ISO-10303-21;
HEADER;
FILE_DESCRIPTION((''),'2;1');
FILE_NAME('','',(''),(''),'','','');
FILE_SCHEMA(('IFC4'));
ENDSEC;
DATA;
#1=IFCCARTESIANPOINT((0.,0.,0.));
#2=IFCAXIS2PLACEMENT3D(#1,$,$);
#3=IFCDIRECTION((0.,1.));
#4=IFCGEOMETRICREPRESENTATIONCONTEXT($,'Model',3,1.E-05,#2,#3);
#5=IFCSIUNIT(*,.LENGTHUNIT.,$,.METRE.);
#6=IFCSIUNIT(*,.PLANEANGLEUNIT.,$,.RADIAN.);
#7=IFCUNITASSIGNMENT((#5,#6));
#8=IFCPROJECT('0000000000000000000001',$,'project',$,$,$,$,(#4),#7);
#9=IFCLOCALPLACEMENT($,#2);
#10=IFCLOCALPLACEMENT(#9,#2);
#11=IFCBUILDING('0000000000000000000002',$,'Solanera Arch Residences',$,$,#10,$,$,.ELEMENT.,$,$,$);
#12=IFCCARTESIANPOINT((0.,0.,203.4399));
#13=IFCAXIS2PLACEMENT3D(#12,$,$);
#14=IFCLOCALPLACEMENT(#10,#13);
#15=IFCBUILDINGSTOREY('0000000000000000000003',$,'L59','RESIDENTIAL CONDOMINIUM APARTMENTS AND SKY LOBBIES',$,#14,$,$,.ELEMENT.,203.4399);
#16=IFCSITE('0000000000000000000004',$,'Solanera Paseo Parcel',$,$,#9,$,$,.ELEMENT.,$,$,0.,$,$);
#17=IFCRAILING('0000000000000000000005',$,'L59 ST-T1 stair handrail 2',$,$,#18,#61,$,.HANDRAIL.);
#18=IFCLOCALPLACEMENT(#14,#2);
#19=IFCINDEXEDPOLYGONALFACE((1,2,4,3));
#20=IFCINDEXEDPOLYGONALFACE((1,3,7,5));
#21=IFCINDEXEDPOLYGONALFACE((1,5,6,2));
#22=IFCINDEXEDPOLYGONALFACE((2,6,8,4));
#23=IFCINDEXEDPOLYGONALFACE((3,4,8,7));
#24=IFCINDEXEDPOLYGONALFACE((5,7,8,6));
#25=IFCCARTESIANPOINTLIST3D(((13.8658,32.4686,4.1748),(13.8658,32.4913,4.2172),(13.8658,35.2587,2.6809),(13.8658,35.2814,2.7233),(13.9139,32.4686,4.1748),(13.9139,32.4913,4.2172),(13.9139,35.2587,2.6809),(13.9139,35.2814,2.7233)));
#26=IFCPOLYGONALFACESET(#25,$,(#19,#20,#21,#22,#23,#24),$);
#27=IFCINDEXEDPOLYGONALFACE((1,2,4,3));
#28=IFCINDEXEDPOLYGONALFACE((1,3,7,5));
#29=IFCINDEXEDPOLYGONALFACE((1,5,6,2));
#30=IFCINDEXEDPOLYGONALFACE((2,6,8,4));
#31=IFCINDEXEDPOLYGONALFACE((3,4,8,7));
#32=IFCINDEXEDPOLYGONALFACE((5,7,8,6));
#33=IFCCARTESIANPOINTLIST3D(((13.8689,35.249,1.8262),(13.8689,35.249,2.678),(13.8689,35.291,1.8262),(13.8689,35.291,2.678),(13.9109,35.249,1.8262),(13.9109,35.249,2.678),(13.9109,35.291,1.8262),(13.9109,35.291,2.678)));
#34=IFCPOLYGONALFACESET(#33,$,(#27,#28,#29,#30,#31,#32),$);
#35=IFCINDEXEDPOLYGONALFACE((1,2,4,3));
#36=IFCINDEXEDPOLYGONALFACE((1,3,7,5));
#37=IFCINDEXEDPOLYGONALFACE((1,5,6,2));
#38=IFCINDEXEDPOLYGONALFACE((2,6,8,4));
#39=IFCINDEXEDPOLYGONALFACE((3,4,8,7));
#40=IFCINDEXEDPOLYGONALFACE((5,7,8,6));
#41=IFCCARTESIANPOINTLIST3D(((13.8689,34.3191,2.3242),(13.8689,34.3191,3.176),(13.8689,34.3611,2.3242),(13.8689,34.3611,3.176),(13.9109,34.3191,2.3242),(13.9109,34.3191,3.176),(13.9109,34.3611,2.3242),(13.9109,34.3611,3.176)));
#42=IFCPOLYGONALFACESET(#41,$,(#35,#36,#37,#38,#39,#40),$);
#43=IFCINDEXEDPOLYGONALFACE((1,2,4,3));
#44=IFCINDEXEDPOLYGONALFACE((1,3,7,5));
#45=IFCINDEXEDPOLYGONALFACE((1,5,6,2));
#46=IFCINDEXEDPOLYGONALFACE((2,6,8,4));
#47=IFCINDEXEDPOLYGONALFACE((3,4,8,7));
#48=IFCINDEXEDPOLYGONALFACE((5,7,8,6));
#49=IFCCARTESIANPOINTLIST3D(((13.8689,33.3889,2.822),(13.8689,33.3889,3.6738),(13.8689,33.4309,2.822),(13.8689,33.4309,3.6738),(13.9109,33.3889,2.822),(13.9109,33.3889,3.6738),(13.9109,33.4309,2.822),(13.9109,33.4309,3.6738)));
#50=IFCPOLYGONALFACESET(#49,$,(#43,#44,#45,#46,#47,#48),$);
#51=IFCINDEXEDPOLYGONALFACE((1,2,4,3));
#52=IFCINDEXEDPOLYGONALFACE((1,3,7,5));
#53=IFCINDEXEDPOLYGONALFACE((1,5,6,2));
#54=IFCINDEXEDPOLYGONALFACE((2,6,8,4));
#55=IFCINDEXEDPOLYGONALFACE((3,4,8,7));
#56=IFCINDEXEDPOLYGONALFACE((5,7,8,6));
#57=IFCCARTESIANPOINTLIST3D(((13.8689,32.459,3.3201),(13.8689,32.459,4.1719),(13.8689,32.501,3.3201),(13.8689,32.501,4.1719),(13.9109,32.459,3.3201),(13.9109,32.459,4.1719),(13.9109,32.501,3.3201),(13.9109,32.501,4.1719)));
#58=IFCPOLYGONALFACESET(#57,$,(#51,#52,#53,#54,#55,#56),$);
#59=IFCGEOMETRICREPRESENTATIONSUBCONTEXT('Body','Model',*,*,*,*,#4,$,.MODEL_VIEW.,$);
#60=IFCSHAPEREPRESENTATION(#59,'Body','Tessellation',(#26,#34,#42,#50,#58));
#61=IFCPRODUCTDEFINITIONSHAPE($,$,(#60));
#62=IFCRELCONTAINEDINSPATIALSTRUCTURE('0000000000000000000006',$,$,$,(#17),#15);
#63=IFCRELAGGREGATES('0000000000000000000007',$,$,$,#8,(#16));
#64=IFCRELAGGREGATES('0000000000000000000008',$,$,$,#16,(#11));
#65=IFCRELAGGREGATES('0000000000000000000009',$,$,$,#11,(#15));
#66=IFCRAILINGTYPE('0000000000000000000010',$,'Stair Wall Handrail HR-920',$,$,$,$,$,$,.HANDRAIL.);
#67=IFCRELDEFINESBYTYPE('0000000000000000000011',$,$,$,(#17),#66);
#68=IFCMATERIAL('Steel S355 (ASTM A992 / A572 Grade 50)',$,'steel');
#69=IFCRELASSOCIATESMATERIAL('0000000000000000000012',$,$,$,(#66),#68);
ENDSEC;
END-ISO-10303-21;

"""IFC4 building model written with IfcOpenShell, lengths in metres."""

from ifc_helpers import new_model, si_unit, direction, frame, origin, origin_2d, place, context, subcontext, project, spatial, rectangle, extrude, material, type_object, element, save


model = new_model("IFC4")

# Units and contexts
model_context = context("Model", 3, precision=1e-05, world=origin(), true_north=direction((0.0, 1.0)))
body_context = subcontext(model_context, "Body", "Model", "MODEL_VIEW")
ifc_project = project(units=[si_unit("LENGTHUNIT", "METRE"), si_unit("PLANEANGLEUNIT", "RADIAN")], contexts=[model_context])

# Site, building, storey
site_placement = place(None, origin())
site = spatial("IfcSite", under=ifc_project, at=site_placement, Name="Solanera Paseo Parcel", CompositionType="ELEMENT", RefElevation=0.0)
building_placement = place(site_placement, origin())
building = spatial("IfcBuilding", under=site, at=building_placement, Name="Solanera Arch Residences", CompositionType="ELEMENT")
storey_placement = place(building_placement, frame((0.0, 0.0, 203.4399)))
storey = spatial("IfcBuildingStorey", under=building, at=storey_placement, Name="L59", Description="RESIDENTIAL CONDOMINIUM APARTMENTS AND SKY LOBBIES", CompositionType="ELEMENT", Elevation=203.4399)

# Railing
ifc_material_1 = material(Name="Steel S355 (ASTM A992 / A572 Grade 50)", Category="steel")
railing_type_1 = type_object("IfcRailingType", Name="Stair Wall Handrail HR-920", PredefinedType="HANDRAIL", material=ifc_material_1)
railing_1_placement = place(storey_placement, frame((13.8899, 35.27, 1.8262)))
element("IfcRailing", 1, at=railing_1_placement, inside=storey, type_object=railing_type_1, Name="L59 ST-T1 stair handrail 2", PredefinedType="HANDRAIL", context=body_context, shape_type="SweptSolid", body=[
    extrude(rectangle(XDim=0.0481, YDim=0.0481, at=origin_2d()), frame((0.0, 0.0, 0.876), z_axis=(0.0, -0.881581, 0.472033), x_axis=(1.0, 0.0, 0.0)), (0.0, 0.0, 1.0), 3.1648),
    extrude(rectangle(XDim=0.042, YDim=0.042, at=origin_2d()), origin(), (0.0, 0.0, 1.0), 0.8518),
    extrude(rectangle(XDim=0.042, YDim=0.042, at=origin_2d()), frame((0.0, -0.9299, 0.498)), (0.0, 0.0, 1.0), 0.8518),
    extrude(rectangle(XDim=0.042, YDim=0.042, at=origin_2d()), frame((0.0, -1.8601, 0.9958)), (0.0, 0.0, 1.0), 0.8518),
    extrude(rectangle(XDim=0.042, YDim=0.042, at=origin_2d()), frame((0.0, -2.79, 1.4939)), (0.0, 0.0, 1.0), 0.8518),
])

save(model, "model.ifc")
